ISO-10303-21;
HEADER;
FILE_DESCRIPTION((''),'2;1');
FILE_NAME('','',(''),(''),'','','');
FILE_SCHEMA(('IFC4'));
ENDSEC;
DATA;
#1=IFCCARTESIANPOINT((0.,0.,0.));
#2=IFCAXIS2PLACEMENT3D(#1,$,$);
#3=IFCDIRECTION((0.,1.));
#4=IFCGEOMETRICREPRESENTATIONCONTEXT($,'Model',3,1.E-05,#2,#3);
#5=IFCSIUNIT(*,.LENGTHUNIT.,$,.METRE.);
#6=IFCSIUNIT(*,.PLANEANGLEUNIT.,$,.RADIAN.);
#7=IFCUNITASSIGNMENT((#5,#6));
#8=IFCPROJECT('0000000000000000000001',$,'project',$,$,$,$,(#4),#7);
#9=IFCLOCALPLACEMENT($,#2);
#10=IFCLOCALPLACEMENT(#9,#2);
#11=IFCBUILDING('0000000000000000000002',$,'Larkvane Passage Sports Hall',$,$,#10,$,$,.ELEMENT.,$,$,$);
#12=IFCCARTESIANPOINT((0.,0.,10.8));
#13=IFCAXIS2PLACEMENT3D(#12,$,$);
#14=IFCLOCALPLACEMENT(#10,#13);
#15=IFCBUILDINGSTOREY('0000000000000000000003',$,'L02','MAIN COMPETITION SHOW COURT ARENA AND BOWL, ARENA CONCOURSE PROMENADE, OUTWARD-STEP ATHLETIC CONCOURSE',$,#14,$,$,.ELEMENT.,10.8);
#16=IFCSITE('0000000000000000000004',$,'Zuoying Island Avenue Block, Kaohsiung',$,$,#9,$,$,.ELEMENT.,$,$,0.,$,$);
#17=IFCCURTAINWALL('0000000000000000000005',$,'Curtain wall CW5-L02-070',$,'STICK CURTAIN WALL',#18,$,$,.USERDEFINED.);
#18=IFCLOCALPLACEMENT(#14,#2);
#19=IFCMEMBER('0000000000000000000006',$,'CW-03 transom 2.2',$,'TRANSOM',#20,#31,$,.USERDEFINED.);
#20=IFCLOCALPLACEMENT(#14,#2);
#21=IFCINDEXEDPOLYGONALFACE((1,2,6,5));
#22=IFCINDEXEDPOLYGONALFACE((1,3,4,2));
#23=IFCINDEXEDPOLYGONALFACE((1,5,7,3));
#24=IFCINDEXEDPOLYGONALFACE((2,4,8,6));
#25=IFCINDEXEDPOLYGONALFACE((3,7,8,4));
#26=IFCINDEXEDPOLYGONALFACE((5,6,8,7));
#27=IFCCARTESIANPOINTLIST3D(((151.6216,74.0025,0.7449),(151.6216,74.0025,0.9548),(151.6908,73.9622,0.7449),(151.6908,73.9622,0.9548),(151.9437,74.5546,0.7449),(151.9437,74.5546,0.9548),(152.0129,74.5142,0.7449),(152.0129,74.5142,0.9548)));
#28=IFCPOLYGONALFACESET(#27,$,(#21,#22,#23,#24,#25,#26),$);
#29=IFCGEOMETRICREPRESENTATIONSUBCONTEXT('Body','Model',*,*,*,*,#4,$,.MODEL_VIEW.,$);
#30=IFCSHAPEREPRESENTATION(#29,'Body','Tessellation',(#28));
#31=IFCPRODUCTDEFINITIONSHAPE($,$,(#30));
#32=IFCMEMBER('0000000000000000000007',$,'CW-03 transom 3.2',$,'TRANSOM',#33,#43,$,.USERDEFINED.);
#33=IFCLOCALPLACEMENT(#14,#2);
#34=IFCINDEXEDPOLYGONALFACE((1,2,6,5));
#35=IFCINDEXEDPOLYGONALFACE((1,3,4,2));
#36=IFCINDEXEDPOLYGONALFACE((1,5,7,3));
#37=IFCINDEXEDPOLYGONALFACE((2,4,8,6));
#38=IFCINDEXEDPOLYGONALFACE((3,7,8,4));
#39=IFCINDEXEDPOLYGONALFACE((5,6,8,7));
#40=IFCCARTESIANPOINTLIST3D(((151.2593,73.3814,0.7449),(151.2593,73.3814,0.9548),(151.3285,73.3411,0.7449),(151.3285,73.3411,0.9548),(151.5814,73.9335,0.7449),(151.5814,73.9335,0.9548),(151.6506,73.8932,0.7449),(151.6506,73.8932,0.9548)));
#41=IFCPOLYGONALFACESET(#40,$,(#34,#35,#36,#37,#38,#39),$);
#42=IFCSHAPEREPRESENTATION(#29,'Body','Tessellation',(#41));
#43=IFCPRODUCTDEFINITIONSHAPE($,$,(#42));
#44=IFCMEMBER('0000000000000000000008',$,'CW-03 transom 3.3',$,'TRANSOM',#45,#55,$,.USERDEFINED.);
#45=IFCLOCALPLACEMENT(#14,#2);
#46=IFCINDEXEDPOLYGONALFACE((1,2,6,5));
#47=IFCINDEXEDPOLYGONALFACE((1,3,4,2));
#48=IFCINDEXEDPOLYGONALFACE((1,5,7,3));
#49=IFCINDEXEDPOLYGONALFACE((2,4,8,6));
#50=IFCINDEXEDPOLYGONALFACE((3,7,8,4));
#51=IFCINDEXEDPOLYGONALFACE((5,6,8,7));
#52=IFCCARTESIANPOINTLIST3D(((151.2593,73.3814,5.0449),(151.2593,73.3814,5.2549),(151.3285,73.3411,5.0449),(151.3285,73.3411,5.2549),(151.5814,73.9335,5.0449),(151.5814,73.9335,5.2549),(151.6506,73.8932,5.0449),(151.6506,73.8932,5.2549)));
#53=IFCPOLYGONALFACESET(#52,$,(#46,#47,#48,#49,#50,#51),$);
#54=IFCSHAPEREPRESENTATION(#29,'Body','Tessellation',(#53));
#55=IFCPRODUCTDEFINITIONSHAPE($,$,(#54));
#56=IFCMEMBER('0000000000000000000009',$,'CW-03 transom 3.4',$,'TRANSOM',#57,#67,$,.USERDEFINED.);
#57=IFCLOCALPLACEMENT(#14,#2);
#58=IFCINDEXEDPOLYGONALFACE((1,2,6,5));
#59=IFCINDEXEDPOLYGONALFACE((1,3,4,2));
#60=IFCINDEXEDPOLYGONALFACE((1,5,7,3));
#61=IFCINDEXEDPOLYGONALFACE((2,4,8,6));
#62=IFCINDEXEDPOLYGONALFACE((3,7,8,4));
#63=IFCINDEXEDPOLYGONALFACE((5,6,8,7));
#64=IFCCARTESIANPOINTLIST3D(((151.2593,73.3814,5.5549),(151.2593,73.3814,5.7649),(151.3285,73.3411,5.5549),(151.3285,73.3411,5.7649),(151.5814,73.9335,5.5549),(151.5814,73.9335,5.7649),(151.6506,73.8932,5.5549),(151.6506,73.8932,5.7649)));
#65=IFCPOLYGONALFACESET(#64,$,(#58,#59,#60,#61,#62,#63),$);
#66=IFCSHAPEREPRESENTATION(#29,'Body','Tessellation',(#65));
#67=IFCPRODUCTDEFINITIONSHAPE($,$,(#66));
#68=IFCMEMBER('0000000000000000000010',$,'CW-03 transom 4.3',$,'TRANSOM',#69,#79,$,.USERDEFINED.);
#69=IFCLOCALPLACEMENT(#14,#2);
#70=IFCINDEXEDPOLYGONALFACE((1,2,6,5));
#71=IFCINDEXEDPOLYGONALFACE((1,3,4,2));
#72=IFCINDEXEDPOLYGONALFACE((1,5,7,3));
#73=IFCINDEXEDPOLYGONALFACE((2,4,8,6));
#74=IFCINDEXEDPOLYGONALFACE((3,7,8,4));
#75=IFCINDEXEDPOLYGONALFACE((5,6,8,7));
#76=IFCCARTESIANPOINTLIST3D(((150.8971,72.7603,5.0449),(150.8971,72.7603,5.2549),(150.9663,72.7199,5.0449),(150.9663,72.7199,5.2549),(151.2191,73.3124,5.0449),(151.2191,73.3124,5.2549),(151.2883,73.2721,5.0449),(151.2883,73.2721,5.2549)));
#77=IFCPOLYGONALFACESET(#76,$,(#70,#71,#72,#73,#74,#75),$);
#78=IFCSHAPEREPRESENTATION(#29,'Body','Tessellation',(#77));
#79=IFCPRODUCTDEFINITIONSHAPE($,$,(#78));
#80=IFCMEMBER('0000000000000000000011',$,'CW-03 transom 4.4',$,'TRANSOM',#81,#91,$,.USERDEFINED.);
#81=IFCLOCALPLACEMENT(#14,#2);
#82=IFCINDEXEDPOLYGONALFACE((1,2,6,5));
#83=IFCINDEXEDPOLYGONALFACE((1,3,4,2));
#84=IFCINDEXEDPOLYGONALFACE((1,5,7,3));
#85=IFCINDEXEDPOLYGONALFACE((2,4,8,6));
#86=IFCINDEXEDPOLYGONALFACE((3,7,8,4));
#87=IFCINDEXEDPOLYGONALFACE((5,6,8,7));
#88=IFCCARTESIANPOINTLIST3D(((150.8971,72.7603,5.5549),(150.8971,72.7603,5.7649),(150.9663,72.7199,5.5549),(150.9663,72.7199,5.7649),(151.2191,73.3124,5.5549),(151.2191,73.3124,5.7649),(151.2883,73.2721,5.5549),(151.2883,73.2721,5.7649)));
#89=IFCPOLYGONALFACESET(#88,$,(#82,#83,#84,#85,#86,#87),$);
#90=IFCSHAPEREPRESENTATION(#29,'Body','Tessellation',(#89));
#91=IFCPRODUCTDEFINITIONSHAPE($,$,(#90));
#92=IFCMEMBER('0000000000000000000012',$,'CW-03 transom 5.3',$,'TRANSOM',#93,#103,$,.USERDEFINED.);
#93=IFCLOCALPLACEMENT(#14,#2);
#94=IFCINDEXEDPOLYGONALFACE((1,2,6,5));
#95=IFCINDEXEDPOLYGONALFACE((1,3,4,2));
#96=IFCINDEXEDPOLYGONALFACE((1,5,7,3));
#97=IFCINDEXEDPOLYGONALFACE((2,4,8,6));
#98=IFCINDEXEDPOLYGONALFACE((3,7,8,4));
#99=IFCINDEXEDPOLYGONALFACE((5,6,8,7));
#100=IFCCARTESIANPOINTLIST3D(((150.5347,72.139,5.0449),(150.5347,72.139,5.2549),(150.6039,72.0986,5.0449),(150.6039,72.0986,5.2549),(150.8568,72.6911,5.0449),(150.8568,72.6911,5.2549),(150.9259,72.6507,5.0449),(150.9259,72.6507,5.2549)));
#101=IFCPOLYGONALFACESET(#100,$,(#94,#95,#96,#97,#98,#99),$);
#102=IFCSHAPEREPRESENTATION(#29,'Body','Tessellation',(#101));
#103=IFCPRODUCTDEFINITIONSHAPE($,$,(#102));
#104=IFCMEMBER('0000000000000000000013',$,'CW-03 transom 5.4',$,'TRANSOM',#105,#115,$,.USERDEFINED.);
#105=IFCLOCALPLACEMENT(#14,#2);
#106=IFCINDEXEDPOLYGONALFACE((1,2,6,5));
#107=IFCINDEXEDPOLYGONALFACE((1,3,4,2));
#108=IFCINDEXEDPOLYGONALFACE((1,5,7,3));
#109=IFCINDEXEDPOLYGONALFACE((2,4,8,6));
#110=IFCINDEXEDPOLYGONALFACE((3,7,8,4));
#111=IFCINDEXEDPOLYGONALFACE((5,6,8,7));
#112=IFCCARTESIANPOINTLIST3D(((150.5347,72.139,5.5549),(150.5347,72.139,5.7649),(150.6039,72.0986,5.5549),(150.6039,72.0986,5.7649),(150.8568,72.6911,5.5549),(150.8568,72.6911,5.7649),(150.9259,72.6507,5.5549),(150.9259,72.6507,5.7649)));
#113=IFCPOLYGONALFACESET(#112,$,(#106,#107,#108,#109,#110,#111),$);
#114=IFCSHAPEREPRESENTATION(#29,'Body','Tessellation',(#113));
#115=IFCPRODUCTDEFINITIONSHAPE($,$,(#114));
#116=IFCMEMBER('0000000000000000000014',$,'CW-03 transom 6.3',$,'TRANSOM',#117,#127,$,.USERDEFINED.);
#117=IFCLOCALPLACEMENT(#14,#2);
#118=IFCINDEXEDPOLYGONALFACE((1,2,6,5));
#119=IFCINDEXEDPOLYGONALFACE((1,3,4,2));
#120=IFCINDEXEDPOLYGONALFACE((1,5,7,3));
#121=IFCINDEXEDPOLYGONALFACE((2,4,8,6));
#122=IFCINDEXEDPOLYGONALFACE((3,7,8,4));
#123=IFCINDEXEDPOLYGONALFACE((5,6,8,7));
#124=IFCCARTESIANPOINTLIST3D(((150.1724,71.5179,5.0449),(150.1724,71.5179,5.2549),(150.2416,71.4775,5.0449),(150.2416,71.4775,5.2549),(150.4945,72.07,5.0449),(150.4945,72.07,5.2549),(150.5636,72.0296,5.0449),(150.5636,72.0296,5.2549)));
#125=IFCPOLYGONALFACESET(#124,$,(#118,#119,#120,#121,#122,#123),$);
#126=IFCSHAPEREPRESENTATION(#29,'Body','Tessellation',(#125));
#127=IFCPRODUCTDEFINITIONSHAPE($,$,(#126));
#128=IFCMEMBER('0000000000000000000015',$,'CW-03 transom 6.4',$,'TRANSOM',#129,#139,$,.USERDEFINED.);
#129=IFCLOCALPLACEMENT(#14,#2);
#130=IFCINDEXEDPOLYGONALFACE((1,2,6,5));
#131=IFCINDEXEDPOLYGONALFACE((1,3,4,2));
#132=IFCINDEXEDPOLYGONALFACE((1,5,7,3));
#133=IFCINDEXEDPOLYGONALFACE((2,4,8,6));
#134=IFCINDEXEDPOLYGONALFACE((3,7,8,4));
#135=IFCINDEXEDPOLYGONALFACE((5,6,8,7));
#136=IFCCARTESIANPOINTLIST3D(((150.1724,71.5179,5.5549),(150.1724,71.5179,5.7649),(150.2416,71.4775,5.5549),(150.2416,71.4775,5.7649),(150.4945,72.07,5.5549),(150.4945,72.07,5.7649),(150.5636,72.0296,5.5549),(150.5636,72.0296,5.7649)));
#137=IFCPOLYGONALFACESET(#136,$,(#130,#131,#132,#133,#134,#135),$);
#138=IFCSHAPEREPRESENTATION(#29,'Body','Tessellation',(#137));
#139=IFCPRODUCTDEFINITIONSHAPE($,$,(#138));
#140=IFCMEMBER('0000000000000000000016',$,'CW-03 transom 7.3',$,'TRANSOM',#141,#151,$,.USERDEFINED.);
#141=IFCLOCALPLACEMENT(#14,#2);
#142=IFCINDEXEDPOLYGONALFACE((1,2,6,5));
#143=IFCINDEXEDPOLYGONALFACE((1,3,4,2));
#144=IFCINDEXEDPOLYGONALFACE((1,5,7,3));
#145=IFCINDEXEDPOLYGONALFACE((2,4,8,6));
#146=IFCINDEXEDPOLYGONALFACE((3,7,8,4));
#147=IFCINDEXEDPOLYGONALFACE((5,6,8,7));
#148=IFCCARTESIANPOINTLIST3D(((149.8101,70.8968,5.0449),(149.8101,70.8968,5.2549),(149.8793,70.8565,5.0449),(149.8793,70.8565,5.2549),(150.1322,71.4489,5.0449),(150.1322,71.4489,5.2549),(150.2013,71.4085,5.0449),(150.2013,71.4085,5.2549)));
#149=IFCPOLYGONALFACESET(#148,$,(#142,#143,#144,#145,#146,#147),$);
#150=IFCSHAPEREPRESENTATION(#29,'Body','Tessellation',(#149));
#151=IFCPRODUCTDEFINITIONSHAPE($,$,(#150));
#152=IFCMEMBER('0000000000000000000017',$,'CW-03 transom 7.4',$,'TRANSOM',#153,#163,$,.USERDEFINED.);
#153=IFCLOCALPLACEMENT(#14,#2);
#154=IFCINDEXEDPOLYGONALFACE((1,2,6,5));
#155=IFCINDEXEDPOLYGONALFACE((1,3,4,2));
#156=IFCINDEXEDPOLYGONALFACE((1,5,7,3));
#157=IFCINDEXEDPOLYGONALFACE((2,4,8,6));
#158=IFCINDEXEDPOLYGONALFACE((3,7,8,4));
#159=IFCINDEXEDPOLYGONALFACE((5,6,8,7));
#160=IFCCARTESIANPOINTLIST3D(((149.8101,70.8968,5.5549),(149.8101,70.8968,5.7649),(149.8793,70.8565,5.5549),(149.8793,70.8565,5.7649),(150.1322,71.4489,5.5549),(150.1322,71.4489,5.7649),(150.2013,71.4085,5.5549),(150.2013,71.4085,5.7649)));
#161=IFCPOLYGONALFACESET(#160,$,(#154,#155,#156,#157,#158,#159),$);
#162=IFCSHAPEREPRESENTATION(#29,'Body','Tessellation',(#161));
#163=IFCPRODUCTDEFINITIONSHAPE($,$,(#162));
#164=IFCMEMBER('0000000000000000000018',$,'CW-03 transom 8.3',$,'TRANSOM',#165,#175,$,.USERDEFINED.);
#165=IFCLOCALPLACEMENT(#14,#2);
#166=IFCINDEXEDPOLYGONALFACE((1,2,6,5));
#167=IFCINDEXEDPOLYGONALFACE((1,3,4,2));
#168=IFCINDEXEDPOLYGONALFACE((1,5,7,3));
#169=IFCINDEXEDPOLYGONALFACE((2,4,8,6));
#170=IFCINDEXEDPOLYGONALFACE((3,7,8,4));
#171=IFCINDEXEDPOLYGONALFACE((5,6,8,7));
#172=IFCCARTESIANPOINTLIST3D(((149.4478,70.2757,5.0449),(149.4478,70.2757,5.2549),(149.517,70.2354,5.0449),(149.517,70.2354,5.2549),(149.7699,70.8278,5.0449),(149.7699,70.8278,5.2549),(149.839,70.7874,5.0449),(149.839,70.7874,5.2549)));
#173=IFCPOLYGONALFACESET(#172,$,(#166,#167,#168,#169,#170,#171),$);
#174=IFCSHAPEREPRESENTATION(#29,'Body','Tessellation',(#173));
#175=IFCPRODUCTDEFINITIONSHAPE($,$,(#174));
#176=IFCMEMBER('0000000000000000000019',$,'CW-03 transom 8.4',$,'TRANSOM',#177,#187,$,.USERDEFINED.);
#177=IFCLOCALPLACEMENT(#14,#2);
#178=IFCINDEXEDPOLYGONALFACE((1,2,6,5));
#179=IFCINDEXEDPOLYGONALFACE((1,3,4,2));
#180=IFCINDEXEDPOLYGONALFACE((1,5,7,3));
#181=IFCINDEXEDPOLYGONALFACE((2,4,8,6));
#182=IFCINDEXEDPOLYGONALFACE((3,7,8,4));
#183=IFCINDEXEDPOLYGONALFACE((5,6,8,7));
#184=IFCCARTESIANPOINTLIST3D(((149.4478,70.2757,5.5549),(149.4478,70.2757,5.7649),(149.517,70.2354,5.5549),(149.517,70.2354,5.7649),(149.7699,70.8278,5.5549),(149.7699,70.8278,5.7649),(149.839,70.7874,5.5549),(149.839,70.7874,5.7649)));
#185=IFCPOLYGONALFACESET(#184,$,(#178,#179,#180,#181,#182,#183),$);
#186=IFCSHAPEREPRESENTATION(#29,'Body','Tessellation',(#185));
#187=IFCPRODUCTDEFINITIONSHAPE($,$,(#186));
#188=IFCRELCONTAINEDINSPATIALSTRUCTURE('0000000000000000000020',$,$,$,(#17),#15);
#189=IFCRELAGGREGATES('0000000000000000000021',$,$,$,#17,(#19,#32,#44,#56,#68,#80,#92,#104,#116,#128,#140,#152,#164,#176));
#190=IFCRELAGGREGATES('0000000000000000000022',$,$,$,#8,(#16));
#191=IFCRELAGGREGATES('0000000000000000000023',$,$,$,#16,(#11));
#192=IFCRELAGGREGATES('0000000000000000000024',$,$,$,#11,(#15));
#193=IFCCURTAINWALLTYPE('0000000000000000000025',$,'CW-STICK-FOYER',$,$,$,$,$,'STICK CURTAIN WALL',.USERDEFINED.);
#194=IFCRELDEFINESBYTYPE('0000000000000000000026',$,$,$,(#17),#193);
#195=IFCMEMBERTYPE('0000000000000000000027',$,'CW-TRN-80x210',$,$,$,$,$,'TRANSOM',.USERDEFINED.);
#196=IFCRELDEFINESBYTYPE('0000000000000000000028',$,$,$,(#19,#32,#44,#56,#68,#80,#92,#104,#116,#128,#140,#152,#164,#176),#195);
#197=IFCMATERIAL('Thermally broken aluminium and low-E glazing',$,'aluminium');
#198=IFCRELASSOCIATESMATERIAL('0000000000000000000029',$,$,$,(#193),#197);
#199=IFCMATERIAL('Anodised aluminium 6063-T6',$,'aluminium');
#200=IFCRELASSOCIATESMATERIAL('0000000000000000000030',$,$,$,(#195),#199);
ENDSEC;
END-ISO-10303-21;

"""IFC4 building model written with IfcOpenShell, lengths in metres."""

from ifc_helpers import new_model, si_unit, direction, frame, origin, origin_2d, place, context, subcontext, project, spatial, rectangle, extrude, material, material_profile, profile_set, type_object, element, aggregate, save


model = new_model("IFC4")

# Units and contexts
model_context = context("Model", 3, precision=1e-05, world=origin(), true_north=direction((0.0, 1.0)))
body_context = subcontext(model_context, "Body", "Model", "MODEL_VIEW")
ifc_project = project(units=[si_unit("LENGTHUNIT", "METRE"), si_unit("PLANEANGLEUNIT", "RADIAN")], contexts=[model_context])

# Site, building, storey
site_placement = place(None, origin())
site = spatial("IfcSite", under=ifc_project, at=site_placement, Name="Zuoying Island Avenue Block, Kaohsiung", CompositionType="ELEMENT", RefElevation=0.0)
building_placement = place(site_placement, origin())
building = spatial("IfcBuilding", under=site, at=building_placement, Name="Larkvane Passage Sports Hall", CompositionType="ELEMENT")
storey_placement = place(building_placement, frame((0.0, 0.0, 10.8)))
storey = spatial("IfcBuildingStorey", under=building, at=storey_placement, Name="L02", Description="MAIN COMPETITION SHOW COURT ARENA AND BOWL, ARENA CONCOURSE PROMENADE, OUTWARD-STEP ATHLETIC CONCOURSE", CompositionType="ELEMENT", Elevation=10.8)

# Curtain wall, members
ifc_material_1 = material(Name="Thermally broken aluminium and low-E glazing", Category="aluminium")
curtain_wall_type = type_object("IfcCurtainWallType", Name="CW-STICK-FOYER", ElementType="STICK CURTAIN WALL", PredefinedType="USERDEFINED", material=ifc_material_1)
curtain_wall_placement = place(storey_placement, origin())
curtain_wall = element("IfcCurtainWall", 1, at=curtain_wall_placement, inside=storey, type_object=curtain_wall_type, Name="Curtain wall CW5-L02-070", ObjectType="STICK CURTAIN WALL", PredefinedType="USERDEFINED")
ifc_material_2 = material(Name="Anodised aluminium 6063-T6", Category="aluminium")
ifc_material_profile = material_profile(ifc_material_2, rectangle(XDim=0.0801, YDim=0.21, at=origin_2d()), Name="ALU-TRN-80x210")
ifc_profile_set = profile_set([ifc_material_profile], Name="Anodised aluminium 6063-T6")
member_type = type_object("IfcMemberType", Name="CW-TRN-80x210", ElementType="TRANSOM", PredefinedType="USERDEFINED", material=ifc_profile_set)
member_1_placement = place(storey_placement, frame((151.9783, 74.5344, 0.8499), z_axis=(-0.503895, -0.863765, 0.0), x_axis=(0.863765, -0.503895, 0.0)))
member_1 = element("IfcMember", 2, at=member_1_placement, type_object=member_type, Name="CW-03 transom 2.2", ObjectType="TRANSOM", PredefinedType="USERDEFINED", context=body_context, shape_type="SweptSolid", body=[
    extrude(rectangle(XDim=0.0801, YDim=0.21, at=origin_2d()), origin(), (0.0, 0.0, 1.0), 0.6392),
])
member_2_placement = place(storey_placement, frame((151.616, 73.9133, 0.8499), z_axis=(-0.503895, -0.863765, 0.0), x_axis=(0.863765, -0.503895, 0.0)))
member_2 = element("IfcMember", 3, at=member_2_placement, type_object=member_type, Name="CW-03 transom 3.2", ObjectType="TRANSOM", PredefinedType="USERDEFINED", context=body_context, shape_type="SweptSolid", body=[
    extrude(rectangle(XDim=0.0801, YDim=0.21, at=origin_2d()), origin(), (0.0, 0.0, 1.0), 0.6392),
])
member_3_placement = place(storey_placement, frame((151.616, 73.9133, 5.1499), z_axis=(-0.503895, -0.863765, 0.0), x_axis=(0.863765, -0.503895, 0.0)))
member_3 = element("IfcMember", 4, at=member_3_placement, type_object=member_type, Name="CW-03 transom 3.3", ObjectType="TRANSOM", PredefinedType="USERDEFINED", context=body_context, shape_type="SweptSolid", body=[
    extrude(rectangle(XDim=0.0801, YDim=0.21, at=origin_2d()), origin(), (0.0, 0.0, 1.0), 0.6392),
])
member_4_placement = place(storey_placement, frame((151.616, 73.9133, 5.6599), z_axis=(-0.503895, -0.863765, 0.0), x_axis=(0.863765, -0.503895, 0.0)))
member_4 = element("IfcMember", 5, at=member_4_placement, type_object=member_type, Name="CW-03 transom 3.4", ObjectType="TRANSOM", PredefinedType="USERDEFINED", context=body_context, shape_type="SweptSolid", body=[
    extrude(rectangle(XDim=0.0801, YDim=0.21, at=origin_2d()), origin(), (0.0, 0.0, 1.0), 0.6392),
])
member_5_placement = place(storey_placement, frame((151.2537, 73.2922, 5.1499), z_axis=(-0.503729, -0.863862, 0.0), x_axis=(0.863862, -0.503729, 0.0)))
member_5 = element("IfcMember", 6, at=member_5_placement, type_object=member_type, Name="CW-03 transom 4.3", ObjectType="TRANSOM", PredefinedType="USERDEFINED", context=body_context, shape_type="SweptSolid", body=[
    extrude(rectangle(XDim=0.0801, YDim=0.21, at=origin_2d()), origin(), (0.0, 0.0, 1.0), 0.6392),
])
member_6_placement = place(storey_placement, frame((151.2537, 73.2922, 5.6599), z_axis=(-0.503729, -0.863862, 0.0), x_axis=(0.863862, -0.503729, 0.0)))
member_6 = element("IfcMember", 7, at=member_6_placement, type_object=member_type, Name="CW-03 transom 4.4", ObjectType="TRANSOM", PredefinedType="USERDEFINED", context=body_context, shape_type="SweptSolid", body=[
    extrude(rectangle(XDim=0.0801, YDim=0.21, at=origin_2d()), origin(), (0.0, 0.0, 1.0), 0.6392),
])
member_7_placement = place(storey_placement, frame((150.8914, 72.6709, 5.1499), z_axis=(-0.503895, -0.863765, 0.0), x_axis=(0.863765, -0.503895, 0.0)))
member_7 = element("IfcMember", 8, at=member_7_placement, type_object=member_type, Name="CW-03 transom 5.3", ObjectType="TRANSOM", PredefinedType="USERDEFINED", context=body_context, shape_type="SweptSolid", body=[
    extrude(rectangle(XDim=0.0801, YDim=0.21, at=origin_2d()), origin(), (0.0, 0.0, 1.0), 0.6392),
])
member_8_placement = place(storey_placement, frame((150.8914, 72.6709, 5.6599), z_axis=(-0.503895, -0.863765, 0.0), x_axis=(0.863765, -0.503895, 0.0)))
member_8 = element("IfcMember", 9, at=member_8_placement, type_object=member_type, Name="CW-03 transom 5.4", ObjectType="TRANSOM", PredefinedType="USERDEFINED", context=body_context, shape_type="SweptSolid", body=[
    extrude(rectangle(XDim=0.0801, YDim=0.21, at=origin_2d()), origin(), (0.0, 0.0, 1.0), 0.6392),
])
member_9_placement = place(storey_placement, frame((150.5291, 72.0498, 5.1499), z_axis=(-0.503895, -0.863765, 0.0), x_axis=(0.863765, -0.503895, 0.0)))
member_9 = element("IfcMember", 10, at=member_9_placement, type_object=member_type, Name="CW-03 transom 6.3", ObjectType="TRANSOM", PredefinedType="USERDEFINED", context=body_context, shape_type="SweptSolid", body=[
    extrude(rectangle(XDim=0.0801, YDim=0.21, at=origin_2d()), origin(), (0.0, 0.0, 1.0), 0.6392),
])
member_10_placement = place(storey_placement, frame((150.5291, 72.0498, 5.6599), z_axis=(-0.503895, -0.863765, 0.0), x_axis=(0.863765, -0.503895, 0.0)))
member_10 = element("IfcMember", 11, at=member_10_placement, type_object=member_type, Name="CW-03 transom 6.4", ObjectType="TRANSOM", PredefinedType="USERDEFINED", context=body_context, shape_type="SweptSolid", body=[
    extrude(rectangle(XDim=0.0801, YDim=0.21, at=origin_2d()), origin(), (0.0, 0.0, 1.0), 0.6392),
])
member_11_placement = place(storey_placement, frame((150.1667, 71.4287, 5.1499), z_axis=(-0.503895, -0.863765, 0.0), x_axis=(0.863765, -0.503895, 0.0)))
member_11 = element("IfcMember", 12, at=member_11_placement, type_object=member_type, Name="CW-03 transom 7.3", ObjectType="TRANSOM", PredefinedType="USERDEFINED", context=body_context, shape_type="SweptSolid", body=[
    extrude(rectangle(XDim=0.0801, YDim=0.21, at=origin_2d()), origin(), (0.0, 0.0, 1.0), 0.6392),
])
member_12_placement = place(storey_placement, frame((150.1667, 71.4287, 5.6599), z_axis=(-0.503895, -0.863765, 0.0), x_axis=(0.863765, -0.503895, 0.0)))
member_12 = element("IfcMember", 13, at=member_12_placement, type_object=member_type, Name="CW-03 transom 7.4", ObjectType="TRANSOM", PredefinedType="USERDEFINED", context=body_context, shape_type="SweptSolid", body=[
    extrude(rectangle(XDim=0.0801, YDim=0.21, at=origin_2d()), origin(), (0.0, 0.0, 1.0), 0.6392),
])
member_13_placement = place(storey_placement, frame((149.8044, 70.8076, 5.1499), z_axis=(-0.503895, -0.863765, 0.0), x_axis=(0.863765, -0.503895, 0.0)))
member_13 = element("IfcMember", 14, at=member_13_placement, type_object=member_type, Name="CW-03 transom 8.3", ObjectType="TRANSOM", PredefinedType="USERDEFINED", context=body_context, shape_type="SweptSolid", body=[
    extrude(rectangle(XDim=0.0801, YDim=0.21, at=origin_2d()), origin(), (0.0, 0.0, 1.0), 0.6392),
])
member_14_placement = place(storey_placement, frame((149.8044, 70.8076, 5.6599), z_axis=(-0.503895, -0.863765, 0.0), x_axis=(0.863765, -0.503895, 0.0)))
member_14 = element("IfcMember", 15, at=member_14_placement, type_object=member_type, Name="CW-03 transom 8.4", ObjectType="TRANSOM", PredefinedType="USERDEFINED", context=body_context, shape_type="SweptSolid", body=[
    extrude(rectangle(XDim=0.0801, YDim=0.21, at=origin_2d()), origin(), (0.0, 0.0, 1.0), 0.6392),
])
aggregate(curtain_wall, [member_1, member_2, member_3, member_4, member_5, member_6, member_7, member_8, member_9, member_10, member_11, member_12, member_13, member_14])

save(model, "model.ifc")
